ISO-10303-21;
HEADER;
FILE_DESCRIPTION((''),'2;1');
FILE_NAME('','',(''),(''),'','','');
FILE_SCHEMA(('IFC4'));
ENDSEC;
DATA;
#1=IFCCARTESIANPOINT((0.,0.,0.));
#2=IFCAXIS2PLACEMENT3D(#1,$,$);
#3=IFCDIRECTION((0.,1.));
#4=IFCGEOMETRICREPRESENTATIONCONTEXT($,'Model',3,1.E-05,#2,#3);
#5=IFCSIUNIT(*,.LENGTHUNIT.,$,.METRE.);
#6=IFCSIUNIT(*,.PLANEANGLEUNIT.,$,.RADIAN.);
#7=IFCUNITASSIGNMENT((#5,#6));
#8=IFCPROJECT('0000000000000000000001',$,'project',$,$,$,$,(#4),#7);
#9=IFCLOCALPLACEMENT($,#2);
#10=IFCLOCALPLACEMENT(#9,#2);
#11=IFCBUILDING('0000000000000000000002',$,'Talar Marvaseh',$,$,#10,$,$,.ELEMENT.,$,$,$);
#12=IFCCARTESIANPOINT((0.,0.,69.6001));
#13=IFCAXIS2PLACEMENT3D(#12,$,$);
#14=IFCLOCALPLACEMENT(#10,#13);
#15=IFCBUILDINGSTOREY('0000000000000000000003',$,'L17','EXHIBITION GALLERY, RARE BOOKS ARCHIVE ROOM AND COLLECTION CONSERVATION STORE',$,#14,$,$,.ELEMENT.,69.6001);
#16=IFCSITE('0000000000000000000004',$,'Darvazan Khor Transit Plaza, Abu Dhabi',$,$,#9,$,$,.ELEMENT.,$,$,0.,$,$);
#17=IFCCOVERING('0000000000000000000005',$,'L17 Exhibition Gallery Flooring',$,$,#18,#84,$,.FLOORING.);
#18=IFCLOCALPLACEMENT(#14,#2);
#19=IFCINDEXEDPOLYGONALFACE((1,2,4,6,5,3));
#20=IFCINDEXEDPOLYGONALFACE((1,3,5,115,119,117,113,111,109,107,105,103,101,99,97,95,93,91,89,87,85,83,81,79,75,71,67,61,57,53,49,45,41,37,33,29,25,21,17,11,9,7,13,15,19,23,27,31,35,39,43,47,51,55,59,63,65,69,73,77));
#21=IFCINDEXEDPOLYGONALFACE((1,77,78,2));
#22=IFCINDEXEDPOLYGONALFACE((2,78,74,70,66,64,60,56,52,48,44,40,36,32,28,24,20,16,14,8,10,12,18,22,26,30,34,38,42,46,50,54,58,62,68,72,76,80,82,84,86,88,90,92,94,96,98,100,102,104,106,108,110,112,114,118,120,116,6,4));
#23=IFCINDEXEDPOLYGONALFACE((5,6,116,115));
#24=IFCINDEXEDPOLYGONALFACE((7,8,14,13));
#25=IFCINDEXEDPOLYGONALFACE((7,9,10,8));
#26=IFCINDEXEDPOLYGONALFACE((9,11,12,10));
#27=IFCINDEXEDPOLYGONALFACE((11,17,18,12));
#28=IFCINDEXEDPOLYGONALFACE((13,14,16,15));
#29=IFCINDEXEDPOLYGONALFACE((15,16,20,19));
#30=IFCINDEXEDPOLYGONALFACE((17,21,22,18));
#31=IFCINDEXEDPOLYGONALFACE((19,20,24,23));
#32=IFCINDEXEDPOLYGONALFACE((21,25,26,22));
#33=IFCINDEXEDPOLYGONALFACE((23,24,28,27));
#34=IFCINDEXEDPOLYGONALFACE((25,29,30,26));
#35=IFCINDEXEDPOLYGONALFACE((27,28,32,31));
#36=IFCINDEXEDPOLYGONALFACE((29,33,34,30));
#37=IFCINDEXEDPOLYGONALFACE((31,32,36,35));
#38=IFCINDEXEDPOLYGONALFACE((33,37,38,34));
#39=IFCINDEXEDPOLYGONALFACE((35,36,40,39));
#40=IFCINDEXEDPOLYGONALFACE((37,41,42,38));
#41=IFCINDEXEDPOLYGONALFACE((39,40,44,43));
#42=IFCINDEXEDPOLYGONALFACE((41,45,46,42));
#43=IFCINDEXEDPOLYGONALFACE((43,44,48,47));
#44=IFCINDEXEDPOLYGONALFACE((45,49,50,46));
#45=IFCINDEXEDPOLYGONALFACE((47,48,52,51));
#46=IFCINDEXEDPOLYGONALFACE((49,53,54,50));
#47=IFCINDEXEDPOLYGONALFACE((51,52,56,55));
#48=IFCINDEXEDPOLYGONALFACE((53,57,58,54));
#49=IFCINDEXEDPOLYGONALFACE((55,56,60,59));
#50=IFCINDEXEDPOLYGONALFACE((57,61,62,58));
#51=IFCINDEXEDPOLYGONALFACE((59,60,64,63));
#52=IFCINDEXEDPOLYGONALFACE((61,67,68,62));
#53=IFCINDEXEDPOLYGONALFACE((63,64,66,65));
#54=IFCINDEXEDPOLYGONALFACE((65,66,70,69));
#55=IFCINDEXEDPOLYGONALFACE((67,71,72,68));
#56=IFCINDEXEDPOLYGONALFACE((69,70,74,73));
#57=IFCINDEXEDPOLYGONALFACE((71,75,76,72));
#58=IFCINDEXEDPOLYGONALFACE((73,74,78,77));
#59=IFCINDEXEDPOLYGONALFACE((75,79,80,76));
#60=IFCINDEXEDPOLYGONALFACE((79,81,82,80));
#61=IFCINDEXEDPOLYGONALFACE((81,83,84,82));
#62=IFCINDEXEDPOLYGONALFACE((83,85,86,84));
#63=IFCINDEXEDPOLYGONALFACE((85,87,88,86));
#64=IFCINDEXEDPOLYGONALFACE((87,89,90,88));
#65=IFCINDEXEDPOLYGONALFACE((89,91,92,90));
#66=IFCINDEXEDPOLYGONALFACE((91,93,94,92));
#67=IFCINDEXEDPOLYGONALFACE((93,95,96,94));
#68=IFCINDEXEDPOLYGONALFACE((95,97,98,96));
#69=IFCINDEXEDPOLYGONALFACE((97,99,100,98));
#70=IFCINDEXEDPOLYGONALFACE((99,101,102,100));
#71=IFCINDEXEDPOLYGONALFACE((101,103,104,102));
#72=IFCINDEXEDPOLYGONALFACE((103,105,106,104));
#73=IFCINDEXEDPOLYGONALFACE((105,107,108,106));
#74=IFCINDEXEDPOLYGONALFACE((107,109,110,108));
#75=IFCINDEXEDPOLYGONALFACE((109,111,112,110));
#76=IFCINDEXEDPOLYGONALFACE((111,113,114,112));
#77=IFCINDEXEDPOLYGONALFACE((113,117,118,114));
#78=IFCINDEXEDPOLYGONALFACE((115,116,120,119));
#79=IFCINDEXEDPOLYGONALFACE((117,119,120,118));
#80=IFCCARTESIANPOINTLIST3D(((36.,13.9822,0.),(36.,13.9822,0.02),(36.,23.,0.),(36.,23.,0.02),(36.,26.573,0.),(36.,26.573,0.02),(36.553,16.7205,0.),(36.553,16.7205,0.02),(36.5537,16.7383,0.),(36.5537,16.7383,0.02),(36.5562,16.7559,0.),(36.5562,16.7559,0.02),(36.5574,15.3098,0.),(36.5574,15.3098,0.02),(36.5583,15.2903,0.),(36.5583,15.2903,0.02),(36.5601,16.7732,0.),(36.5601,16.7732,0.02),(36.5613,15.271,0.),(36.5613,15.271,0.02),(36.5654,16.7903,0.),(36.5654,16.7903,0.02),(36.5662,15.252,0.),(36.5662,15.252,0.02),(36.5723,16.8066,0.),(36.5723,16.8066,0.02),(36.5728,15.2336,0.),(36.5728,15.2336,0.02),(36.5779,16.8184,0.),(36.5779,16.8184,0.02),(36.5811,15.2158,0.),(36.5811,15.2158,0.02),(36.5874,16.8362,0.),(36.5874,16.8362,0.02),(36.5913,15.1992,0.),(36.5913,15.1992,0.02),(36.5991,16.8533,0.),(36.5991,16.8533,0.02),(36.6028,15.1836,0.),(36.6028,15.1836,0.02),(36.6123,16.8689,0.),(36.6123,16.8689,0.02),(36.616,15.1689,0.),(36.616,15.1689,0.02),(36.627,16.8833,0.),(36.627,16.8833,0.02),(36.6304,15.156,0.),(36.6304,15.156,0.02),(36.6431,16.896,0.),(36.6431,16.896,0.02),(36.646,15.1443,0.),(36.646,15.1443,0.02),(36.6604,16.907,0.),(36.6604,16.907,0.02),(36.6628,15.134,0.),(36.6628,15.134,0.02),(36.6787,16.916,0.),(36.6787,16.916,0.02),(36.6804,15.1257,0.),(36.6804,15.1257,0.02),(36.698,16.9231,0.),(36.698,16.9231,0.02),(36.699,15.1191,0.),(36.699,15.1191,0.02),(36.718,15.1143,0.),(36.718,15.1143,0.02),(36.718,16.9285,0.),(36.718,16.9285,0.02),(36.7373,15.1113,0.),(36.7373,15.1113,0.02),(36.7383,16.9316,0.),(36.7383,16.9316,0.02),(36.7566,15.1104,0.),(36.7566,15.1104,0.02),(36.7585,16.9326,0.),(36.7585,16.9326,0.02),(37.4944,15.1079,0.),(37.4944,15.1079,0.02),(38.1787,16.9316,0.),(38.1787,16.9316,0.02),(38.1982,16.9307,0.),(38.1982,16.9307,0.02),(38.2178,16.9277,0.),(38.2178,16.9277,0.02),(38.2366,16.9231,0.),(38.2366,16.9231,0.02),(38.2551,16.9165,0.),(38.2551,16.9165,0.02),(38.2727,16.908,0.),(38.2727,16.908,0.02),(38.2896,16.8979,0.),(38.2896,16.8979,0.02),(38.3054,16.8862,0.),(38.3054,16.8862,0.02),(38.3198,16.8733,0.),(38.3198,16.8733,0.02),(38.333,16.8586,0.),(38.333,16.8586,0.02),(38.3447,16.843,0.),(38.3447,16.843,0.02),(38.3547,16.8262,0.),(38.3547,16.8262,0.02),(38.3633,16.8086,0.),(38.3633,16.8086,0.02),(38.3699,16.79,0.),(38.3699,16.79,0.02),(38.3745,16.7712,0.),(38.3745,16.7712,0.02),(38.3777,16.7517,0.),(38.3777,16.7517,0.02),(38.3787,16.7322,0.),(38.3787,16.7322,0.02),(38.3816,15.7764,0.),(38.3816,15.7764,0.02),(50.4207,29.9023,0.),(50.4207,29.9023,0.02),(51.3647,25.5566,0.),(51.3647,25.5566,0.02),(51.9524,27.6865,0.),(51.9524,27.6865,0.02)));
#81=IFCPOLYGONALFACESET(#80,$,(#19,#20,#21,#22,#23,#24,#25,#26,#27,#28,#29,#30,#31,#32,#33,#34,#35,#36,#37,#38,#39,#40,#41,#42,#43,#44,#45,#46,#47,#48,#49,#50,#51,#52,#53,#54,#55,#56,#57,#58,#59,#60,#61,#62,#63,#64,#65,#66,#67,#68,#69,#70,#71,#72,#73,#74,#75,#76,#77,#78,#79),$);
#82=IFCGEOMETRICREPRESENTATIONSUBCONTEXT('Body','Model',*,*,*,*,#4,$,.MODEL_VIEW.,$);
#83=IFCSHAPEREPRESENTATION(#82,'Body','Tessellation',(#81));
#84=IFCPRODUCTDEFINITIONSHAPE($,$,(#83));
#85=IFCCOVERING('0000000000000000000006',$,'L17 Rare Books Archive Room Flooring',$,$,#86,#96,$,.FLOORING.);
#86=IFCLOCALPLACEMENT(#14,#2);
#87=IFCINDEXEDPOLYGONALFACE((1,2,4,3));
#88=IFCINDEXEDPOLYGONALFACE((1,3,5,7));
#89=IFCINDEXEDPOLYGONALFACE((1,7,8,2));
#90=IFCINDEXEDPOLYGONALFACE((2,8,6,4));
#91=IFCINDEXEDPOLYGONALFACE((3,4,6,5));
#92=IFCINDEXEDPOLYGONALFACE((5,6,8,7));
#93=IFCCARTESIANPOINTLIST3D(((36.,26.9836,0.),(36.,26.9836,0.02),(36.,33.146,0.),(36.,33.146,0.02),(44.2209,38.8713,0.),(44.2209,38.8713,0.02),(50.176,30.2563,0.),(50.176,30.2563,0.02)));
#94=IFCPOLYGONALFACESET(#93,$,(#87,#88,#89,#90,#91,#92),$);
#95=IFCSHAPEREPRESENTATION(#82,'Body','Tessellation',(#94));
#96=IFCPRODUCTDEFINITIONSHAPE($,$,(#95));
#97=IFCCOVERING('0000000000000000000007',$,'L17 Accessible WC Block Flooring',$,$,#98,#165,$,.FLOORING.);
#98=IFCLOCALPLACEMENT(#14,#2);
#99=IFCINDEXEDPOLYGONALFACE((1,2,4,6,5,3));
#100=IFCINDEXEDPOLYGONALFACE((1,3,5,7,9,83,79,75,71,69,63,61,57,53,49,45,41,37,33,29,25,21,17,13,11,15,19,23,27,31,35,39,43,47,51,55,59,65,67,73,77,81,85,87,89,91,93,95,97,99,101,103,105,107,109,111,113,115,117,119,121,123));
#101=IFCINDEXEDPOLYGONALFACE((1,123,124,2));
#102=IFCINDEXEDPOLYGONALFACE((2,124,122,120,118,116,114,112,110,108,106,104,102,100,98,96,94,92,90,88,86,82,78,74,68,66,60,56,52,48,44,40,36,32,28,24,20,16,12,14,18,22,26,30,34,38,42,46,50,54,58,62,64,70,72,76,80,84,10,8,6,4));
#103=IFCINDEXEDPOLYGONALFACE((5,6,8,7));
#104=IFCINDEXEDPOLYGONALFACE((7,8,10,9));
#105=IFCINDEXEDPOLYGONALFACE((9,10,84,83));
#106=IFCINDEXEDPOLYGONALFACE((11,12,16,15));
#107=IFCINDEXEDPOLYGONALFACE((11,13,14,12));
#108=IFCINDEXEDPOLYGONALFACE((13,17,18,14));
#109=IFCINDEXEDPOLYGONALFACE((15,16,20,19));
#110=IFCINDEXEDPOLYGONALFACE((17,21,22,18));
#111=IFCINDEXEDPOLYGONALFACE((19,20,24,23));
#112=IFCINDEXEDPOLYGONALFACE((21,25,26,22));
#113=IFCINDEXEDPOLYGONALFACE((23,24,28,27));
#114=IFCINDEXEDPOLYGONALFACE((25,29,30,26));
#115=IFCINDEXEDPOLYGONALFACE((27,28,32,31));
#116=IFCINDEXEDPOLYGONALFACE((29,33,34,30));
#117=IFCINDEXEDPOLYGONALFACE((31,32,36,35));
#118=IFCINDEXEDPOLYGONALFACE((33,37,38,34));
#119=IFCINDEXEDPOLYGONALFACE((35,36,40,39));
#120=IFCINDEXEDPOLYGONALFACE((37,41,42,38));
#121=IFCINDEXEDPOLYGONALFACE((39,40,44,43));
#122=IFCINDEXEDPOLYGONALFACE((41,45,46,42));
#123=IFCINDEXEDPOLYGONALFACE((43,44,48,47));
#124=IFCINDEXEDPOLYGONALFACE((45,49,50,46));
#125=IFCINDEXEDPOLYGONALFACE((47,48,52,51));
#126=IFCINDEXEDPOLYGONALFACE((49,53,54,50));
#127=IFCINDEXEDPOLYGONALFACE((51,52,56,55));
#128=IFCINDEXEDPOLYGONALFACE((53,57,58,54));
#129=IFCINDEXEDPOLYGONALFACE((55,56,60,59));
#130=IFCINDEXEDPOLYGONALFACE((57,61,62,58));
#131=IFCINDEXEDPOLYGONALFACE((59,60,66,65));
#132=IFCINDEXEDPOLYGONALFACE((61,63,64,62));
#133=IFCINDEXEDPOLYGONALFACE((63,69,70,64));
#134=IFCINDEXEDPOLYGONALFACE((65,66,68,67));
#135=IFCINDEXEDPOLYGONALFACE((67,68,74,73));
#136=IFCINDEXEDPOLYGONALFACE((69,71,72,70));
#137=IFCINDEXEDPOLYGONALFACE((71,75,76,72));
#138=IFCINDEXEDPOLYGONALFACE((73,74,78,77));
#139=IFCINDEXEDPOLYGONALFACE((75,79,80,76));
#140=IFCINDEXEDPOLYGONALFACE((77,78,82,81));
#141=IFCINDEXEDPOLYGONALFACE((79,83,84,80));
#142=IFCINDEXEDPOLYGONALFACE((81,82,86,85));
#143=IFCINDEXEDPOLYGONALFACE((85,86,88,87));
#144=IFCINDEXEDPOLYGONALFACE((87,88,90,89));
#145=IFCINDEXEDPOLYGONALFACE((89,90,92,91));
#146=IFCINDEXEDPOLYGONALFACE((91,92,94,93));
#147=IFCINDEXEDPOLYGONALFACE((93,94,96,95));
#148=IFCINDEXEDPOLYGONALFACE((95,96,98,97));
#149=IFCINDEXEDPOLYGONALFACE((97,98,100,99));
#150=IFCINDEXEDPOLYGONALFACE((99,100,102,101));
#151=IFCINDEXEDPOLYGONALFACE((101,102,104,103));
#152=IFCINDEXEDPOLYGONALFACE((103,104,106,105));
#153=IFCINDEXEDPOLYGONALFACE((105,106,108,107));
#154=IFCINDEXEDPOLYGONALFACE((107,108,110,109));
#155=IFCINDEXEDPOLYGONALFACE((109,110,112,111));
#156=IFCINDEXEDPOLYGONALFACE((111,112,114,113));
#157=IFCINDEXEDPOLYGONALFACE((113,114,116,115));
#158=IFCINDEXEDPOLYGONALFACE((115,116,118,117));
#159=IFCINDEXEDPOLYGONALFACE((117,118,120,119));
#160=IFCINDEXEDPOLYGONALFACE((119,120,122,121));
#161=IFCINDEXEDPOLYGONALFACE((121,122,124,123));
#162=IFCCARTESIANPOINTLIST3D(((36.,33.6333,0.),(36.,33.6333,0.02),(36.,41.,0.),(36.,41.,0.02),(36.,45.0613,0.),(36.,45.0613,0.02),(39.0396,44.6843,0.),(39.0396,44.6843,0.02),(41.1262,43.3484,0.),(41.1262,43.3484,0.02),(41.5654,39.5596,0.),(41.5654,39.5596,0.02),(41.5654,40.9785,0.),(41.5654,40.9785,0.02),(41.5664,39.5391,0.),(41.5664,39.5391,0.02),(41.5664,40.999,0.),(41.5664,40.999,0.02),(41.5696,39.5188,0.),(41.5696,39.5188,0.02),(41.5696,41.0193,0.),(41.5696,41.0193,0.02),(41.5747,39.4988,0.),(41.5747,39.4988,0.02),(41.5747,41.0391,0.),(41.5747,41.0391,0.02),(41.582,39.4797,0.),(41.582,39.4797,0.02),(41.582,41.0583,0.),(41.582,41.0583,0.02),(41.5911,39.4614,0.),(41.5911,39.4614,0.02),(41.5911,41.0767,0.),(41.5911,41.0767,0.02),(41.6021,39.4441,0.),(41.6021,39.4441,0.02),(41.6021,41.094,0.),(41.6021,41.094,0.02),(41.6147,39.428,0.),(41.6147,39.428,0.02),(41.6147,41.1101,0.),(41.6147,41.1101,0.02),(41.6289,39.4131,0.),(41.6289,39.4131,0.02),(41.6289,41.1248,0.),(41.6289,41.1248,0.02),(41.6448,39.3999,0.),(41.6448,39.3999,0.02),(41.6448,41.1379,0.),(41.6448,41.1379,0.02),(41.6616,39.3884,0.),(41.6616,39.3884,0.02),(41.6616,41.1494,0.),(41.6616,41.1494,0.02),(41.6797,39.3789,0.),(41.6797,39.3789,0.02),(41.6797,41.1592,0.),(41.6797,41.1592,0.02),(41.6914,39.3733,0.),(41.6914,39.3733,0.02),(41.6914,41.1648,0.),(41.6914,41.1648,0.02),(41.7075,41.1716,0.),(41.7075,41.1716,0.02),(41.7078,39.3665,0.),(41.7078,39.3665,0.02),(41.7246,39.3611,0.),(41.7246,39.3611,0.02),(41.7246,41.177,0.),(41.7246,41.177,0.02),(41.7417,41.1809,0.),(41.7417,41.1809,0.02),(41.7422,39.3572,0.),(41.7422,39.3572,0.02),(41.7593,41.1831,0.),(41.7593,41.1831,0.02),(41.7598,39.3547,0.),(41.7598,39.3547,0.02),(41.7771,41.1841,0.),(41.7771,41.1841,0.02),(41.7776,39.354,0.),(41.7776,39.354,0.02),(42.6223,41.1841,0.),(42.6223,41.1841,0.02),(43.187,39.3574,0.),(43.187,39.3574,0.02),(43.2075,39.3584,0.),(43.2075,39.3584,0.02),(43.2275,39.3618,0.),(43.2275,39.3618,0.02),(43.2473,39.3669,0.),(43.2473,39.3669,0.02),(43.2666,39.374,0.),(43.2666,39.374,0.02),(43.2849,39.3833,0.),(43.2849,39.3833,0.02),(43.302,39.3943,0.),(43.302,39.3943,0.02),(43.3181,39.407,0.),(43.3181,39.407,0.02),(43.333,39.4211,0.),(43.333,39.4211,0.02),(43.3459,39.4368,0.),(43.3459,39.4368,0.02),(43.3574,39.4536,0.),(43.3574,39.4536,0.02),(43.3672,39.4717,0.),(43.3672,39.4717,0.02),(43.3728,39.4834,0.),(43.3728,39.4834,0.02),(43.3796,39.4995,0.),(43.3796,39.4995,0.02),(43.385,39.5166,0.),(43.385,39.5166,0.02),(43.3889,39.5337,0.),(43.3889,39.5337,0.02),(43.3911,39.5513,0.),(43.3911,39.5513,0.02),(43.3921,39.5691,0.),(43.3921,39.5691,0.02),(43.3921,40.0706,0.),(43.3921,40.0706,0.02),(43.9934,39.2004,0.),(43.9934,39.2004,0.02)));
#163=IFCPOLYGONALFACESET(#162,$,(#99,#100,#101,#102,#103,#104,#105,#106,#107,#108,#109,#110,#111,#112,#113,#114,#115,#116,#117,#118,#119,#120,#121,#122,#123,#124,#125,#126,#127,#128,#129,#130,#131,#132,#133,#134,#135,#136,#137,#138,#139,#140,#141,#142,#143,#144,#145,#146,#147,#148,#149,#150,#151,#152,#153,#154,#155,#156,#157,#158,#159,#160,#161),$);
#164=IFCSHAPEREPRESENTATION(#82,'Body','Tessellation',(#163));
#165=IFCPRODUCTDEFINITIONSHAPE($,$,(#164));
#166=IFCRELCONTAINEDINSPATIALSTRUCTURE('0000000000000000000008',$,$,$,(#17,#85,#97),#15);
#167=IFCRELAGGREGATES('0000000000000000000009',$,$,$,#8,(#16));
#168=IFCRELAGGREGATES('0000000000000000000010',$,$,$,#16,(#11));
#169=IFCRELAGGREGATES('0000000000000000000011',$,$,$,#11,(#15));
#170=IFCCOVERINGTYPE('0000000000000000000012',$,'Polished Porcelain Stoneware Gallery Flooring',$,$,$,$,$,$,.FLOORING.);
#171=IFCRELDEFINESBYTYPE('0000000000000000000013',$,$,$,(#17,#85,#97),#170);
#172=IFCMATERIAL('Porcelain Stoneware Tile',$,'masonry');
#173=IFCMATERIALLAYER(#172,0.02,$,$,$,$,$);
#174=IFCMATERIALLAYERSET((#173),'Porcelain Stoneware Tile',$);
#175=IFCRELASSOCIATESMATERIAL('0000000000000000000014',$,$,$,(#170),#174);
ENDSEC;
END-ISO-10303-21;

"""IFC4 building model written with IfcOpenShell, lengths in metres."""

from ifc_helpers import new_model, si_unit, direction, frame, origin, place, context, subcontext, project, spatial, polyline, outline, extrude, material, layer, layer_set, type_object, element, save


model = new_model("IFC4")

# Units and contexts
model_context = context("Model", 3, precision=1e-05, world=origin(), true_north=direction((0.0, 1.0)))
body_context = subcontext(model_context, "Body", "Model", "MODEL_VIEW")
ifc_project = project(units=[si_unit("LENGTHUNIT", "METRE"), si_unit("PLANEANGLEUNIT", "RADIAN")], contexts=[model_context])

# Site, building, storey
site_placement = place(None, origin())
site = spatial("IfcSite", under=ifc_project, at=site_placement, Name="Darvazan Khor Transit Plaza, Abu Dhabi", CompositionType="ELEMENT", RefElevation=0.0)
building_placement = place(site_placement, origin())
building = spatial("IfcBuilding", under=site, at=building_placement, Name="Talar Marvaseh", CompositionType="ELEMENT")
storey_placement = place(building_placement, frame((0.0, 0.0, 69.6001)))
storey = spatial("IfcBuildingStorey", under=building, at=storey_placement, Name="L17", Description="EXHIBITION GALLERY, RARE BOOKS ARCHIVE ROOM AND COLLECTION CONSERVATION STORE", CompositionType="ELEMENT", Elevation=69.6001)

# Coverings
ifc_material_1 = material(Name="Porcelain Stoneware Tile", Category="masonry")
ifc_layer_1 = layer(ifc_material_1, 0.02)
ifc_layer_set_1 = layer_set([ifc_layer_1], Name="Porcelain Stoneware Tile")
covering_type_1 = type_object("IfcCoveringType", Name="Polished Porcelain Stoneware Gallery Flooring", PredefinedType="FLOORING", material=ifc_layer_set_1)
covering_1_placement = place(storey_placement, origin())
element("IfcCovering", 1, at=covering_1_placement, inside=storey, type_object=covering_type_1, Name="L17 Exhibition Gallery Flooring", PredefinedType="FLOORING", context=body_context, shape_type="SweptSolid", body=[
    extrude(outline(polyline([(50.4207, 29.9023), (51.9524, 27.6865), (51.3647, 25.5566), (38.3816, 15.7764), (38.3787, 16.7322), (38.3777, 16.7517), (38.3745, 16.7712), (38.3699, 16.79), (38.3633, 16.8086), (38.3547, 16.8262), (38.3447, 16.843), (38.333, 16.8586), (38.3198, 16.8733), (38.3054, 16.8862), (38.2896, 16.8979), (38.2727, 16.908), (38.2551, 16.9165), (38.2366, 16.9231), (38.2178, 16.9277), (38.1982, 16.9307), (38.1787, 16.9316), (36.7585, 16.9326), (36.7383, 16.9316), (36.718, 16.9285), (36.698, 16.9231), (36.6787, 16.916), (36.6604, 16.907), (36.6431, 16.896), (36.627, 16.8833), (36.6123, 16.8689), (36.5991, 16.8533), (36.5874, 16.8362), (36.5779, 16.8184), (36.5723, 16.8066), (36.5654, 16.7903), (36.5601, 16.7732), (36.5562, 16.7559), (36.5537, 16.7383), (36.553, 16.7205), (36.5574, 15.3098), (36.5583, 15.2903), (36.5613, 15.271), (36.5662, 15.252), (36.5728, 15.2336), (36.5811, 15.2158), (36.5913, 15.1992), (36.6028, 15.1836), (36.616, 15.1689), (36.6304, 15.156), (36.646, 15.1443), (36.6628, 15.134), (36.6804, 15.1257), (36.699, 15.1191), (36.718, 15.1143), (36.7373, 15.1113), (36.7566, 15.1104), (37.4944, 15.1079), (36.0, 13.9822), (36.0, 23.0), (36.0, 26.573), (50.4207, 29.9023)])), origin(), (0.0, 0.0, 1.0), 0.02),
])
covering_2_placement = place(storey_placement, origin())
element("IfcCovering", 2, at=covering_2_placement, inside=storey, type_object=covering_type_1, Name="L17 Rare Books Archive Room Flooring", PredefinedType="FLOORING", context=body_context, shape_type="SweptSolid", body=[
    extrude(outline(polyline([(44.2209, 38.8713), (50.176, 30.2563), (36.0, 26.9836), (36.0, 33.146), (44.2209, 38.8713)])), origin(), (0.0, 0.0, 1.0), 0.02),
])
covering_3_placement = place(storey_placement, origin())
element("IfcCovering", 3, at=covering_3_placement, inside=storey, type_object=covering_type_1, Name="L17 Accessible WC Block Flooring", PredefinedType="FLOORING", context=body_context, shape_type="SweptSolid", body=[
    extrude(outline(polyline([(41.1262, 43.3484), (42.6223, 41.1841), (41.7771, 41.1841), (41.7593, 41.1831), (41.7417, 41.1809), (41.7246, 41.177), (41.7075, 41.1716), (41.6914, 41.1648), (41.6797, 41.1592), (41.6616, 41.1494), (41.6448, 41.1379), (41.6289, 41.1248), (41.6147, 41.1101), (41.6021, 41.094), (41.5911, 41.0767), (41.582, 41.0583), (41.5747, 41.0391), (41.5696, 41.0193), (41.5664, 40.999), (41.5654, 40.9785), (41.5654, 39.5596), (41.5664, 39.5391), (41.5696, 39.5188), (41.5747, 39.4988), (41.582, 39.4797), (41.5911, 39.4614), (41.6021, 39.4441), (41.6147, 39.428), (41.6289, 39.4131), (41.6448, 39.3999), (41.6616, 39.3884), (41.6797, 39.3789), (41.6914, 39.3733), (41.7078, 39.3665), (41.7246, 39.3611), (41.7422, 39.3572), (41.7598, 39.3547), (41.7776, 39.354), (43.187, 39.3574), (43.2075, 39.3584), (43.2275, 39.3618), (43.2473, 39.3669), (43.2666, 39.374), (43.2849, 39.3833), (43.302, 39.3943), (43.3181, 39.407), (43.333, 39.4211), (43.3459, 39.4368), (43.3574, 39.4536), (43.3672, 39.4717), (43.3728, 39.4834), (43.3796, 39.4995), (43.385, 39.5166), (43.3889, 39.5337), (43.3911, 39.5513), (43.3921, 39.5691), (43.3921, 40.0706), (43.9934, 39.2004), (36.0, 33.6333), (36.0, 41.0), (36.0, 45.0613), (39.0396, 44.6843), (41.1262, 43.3484)])), origin(), (0.0, 0.0, 1.0), 0.02),
])

save(model, "model.ifc")
